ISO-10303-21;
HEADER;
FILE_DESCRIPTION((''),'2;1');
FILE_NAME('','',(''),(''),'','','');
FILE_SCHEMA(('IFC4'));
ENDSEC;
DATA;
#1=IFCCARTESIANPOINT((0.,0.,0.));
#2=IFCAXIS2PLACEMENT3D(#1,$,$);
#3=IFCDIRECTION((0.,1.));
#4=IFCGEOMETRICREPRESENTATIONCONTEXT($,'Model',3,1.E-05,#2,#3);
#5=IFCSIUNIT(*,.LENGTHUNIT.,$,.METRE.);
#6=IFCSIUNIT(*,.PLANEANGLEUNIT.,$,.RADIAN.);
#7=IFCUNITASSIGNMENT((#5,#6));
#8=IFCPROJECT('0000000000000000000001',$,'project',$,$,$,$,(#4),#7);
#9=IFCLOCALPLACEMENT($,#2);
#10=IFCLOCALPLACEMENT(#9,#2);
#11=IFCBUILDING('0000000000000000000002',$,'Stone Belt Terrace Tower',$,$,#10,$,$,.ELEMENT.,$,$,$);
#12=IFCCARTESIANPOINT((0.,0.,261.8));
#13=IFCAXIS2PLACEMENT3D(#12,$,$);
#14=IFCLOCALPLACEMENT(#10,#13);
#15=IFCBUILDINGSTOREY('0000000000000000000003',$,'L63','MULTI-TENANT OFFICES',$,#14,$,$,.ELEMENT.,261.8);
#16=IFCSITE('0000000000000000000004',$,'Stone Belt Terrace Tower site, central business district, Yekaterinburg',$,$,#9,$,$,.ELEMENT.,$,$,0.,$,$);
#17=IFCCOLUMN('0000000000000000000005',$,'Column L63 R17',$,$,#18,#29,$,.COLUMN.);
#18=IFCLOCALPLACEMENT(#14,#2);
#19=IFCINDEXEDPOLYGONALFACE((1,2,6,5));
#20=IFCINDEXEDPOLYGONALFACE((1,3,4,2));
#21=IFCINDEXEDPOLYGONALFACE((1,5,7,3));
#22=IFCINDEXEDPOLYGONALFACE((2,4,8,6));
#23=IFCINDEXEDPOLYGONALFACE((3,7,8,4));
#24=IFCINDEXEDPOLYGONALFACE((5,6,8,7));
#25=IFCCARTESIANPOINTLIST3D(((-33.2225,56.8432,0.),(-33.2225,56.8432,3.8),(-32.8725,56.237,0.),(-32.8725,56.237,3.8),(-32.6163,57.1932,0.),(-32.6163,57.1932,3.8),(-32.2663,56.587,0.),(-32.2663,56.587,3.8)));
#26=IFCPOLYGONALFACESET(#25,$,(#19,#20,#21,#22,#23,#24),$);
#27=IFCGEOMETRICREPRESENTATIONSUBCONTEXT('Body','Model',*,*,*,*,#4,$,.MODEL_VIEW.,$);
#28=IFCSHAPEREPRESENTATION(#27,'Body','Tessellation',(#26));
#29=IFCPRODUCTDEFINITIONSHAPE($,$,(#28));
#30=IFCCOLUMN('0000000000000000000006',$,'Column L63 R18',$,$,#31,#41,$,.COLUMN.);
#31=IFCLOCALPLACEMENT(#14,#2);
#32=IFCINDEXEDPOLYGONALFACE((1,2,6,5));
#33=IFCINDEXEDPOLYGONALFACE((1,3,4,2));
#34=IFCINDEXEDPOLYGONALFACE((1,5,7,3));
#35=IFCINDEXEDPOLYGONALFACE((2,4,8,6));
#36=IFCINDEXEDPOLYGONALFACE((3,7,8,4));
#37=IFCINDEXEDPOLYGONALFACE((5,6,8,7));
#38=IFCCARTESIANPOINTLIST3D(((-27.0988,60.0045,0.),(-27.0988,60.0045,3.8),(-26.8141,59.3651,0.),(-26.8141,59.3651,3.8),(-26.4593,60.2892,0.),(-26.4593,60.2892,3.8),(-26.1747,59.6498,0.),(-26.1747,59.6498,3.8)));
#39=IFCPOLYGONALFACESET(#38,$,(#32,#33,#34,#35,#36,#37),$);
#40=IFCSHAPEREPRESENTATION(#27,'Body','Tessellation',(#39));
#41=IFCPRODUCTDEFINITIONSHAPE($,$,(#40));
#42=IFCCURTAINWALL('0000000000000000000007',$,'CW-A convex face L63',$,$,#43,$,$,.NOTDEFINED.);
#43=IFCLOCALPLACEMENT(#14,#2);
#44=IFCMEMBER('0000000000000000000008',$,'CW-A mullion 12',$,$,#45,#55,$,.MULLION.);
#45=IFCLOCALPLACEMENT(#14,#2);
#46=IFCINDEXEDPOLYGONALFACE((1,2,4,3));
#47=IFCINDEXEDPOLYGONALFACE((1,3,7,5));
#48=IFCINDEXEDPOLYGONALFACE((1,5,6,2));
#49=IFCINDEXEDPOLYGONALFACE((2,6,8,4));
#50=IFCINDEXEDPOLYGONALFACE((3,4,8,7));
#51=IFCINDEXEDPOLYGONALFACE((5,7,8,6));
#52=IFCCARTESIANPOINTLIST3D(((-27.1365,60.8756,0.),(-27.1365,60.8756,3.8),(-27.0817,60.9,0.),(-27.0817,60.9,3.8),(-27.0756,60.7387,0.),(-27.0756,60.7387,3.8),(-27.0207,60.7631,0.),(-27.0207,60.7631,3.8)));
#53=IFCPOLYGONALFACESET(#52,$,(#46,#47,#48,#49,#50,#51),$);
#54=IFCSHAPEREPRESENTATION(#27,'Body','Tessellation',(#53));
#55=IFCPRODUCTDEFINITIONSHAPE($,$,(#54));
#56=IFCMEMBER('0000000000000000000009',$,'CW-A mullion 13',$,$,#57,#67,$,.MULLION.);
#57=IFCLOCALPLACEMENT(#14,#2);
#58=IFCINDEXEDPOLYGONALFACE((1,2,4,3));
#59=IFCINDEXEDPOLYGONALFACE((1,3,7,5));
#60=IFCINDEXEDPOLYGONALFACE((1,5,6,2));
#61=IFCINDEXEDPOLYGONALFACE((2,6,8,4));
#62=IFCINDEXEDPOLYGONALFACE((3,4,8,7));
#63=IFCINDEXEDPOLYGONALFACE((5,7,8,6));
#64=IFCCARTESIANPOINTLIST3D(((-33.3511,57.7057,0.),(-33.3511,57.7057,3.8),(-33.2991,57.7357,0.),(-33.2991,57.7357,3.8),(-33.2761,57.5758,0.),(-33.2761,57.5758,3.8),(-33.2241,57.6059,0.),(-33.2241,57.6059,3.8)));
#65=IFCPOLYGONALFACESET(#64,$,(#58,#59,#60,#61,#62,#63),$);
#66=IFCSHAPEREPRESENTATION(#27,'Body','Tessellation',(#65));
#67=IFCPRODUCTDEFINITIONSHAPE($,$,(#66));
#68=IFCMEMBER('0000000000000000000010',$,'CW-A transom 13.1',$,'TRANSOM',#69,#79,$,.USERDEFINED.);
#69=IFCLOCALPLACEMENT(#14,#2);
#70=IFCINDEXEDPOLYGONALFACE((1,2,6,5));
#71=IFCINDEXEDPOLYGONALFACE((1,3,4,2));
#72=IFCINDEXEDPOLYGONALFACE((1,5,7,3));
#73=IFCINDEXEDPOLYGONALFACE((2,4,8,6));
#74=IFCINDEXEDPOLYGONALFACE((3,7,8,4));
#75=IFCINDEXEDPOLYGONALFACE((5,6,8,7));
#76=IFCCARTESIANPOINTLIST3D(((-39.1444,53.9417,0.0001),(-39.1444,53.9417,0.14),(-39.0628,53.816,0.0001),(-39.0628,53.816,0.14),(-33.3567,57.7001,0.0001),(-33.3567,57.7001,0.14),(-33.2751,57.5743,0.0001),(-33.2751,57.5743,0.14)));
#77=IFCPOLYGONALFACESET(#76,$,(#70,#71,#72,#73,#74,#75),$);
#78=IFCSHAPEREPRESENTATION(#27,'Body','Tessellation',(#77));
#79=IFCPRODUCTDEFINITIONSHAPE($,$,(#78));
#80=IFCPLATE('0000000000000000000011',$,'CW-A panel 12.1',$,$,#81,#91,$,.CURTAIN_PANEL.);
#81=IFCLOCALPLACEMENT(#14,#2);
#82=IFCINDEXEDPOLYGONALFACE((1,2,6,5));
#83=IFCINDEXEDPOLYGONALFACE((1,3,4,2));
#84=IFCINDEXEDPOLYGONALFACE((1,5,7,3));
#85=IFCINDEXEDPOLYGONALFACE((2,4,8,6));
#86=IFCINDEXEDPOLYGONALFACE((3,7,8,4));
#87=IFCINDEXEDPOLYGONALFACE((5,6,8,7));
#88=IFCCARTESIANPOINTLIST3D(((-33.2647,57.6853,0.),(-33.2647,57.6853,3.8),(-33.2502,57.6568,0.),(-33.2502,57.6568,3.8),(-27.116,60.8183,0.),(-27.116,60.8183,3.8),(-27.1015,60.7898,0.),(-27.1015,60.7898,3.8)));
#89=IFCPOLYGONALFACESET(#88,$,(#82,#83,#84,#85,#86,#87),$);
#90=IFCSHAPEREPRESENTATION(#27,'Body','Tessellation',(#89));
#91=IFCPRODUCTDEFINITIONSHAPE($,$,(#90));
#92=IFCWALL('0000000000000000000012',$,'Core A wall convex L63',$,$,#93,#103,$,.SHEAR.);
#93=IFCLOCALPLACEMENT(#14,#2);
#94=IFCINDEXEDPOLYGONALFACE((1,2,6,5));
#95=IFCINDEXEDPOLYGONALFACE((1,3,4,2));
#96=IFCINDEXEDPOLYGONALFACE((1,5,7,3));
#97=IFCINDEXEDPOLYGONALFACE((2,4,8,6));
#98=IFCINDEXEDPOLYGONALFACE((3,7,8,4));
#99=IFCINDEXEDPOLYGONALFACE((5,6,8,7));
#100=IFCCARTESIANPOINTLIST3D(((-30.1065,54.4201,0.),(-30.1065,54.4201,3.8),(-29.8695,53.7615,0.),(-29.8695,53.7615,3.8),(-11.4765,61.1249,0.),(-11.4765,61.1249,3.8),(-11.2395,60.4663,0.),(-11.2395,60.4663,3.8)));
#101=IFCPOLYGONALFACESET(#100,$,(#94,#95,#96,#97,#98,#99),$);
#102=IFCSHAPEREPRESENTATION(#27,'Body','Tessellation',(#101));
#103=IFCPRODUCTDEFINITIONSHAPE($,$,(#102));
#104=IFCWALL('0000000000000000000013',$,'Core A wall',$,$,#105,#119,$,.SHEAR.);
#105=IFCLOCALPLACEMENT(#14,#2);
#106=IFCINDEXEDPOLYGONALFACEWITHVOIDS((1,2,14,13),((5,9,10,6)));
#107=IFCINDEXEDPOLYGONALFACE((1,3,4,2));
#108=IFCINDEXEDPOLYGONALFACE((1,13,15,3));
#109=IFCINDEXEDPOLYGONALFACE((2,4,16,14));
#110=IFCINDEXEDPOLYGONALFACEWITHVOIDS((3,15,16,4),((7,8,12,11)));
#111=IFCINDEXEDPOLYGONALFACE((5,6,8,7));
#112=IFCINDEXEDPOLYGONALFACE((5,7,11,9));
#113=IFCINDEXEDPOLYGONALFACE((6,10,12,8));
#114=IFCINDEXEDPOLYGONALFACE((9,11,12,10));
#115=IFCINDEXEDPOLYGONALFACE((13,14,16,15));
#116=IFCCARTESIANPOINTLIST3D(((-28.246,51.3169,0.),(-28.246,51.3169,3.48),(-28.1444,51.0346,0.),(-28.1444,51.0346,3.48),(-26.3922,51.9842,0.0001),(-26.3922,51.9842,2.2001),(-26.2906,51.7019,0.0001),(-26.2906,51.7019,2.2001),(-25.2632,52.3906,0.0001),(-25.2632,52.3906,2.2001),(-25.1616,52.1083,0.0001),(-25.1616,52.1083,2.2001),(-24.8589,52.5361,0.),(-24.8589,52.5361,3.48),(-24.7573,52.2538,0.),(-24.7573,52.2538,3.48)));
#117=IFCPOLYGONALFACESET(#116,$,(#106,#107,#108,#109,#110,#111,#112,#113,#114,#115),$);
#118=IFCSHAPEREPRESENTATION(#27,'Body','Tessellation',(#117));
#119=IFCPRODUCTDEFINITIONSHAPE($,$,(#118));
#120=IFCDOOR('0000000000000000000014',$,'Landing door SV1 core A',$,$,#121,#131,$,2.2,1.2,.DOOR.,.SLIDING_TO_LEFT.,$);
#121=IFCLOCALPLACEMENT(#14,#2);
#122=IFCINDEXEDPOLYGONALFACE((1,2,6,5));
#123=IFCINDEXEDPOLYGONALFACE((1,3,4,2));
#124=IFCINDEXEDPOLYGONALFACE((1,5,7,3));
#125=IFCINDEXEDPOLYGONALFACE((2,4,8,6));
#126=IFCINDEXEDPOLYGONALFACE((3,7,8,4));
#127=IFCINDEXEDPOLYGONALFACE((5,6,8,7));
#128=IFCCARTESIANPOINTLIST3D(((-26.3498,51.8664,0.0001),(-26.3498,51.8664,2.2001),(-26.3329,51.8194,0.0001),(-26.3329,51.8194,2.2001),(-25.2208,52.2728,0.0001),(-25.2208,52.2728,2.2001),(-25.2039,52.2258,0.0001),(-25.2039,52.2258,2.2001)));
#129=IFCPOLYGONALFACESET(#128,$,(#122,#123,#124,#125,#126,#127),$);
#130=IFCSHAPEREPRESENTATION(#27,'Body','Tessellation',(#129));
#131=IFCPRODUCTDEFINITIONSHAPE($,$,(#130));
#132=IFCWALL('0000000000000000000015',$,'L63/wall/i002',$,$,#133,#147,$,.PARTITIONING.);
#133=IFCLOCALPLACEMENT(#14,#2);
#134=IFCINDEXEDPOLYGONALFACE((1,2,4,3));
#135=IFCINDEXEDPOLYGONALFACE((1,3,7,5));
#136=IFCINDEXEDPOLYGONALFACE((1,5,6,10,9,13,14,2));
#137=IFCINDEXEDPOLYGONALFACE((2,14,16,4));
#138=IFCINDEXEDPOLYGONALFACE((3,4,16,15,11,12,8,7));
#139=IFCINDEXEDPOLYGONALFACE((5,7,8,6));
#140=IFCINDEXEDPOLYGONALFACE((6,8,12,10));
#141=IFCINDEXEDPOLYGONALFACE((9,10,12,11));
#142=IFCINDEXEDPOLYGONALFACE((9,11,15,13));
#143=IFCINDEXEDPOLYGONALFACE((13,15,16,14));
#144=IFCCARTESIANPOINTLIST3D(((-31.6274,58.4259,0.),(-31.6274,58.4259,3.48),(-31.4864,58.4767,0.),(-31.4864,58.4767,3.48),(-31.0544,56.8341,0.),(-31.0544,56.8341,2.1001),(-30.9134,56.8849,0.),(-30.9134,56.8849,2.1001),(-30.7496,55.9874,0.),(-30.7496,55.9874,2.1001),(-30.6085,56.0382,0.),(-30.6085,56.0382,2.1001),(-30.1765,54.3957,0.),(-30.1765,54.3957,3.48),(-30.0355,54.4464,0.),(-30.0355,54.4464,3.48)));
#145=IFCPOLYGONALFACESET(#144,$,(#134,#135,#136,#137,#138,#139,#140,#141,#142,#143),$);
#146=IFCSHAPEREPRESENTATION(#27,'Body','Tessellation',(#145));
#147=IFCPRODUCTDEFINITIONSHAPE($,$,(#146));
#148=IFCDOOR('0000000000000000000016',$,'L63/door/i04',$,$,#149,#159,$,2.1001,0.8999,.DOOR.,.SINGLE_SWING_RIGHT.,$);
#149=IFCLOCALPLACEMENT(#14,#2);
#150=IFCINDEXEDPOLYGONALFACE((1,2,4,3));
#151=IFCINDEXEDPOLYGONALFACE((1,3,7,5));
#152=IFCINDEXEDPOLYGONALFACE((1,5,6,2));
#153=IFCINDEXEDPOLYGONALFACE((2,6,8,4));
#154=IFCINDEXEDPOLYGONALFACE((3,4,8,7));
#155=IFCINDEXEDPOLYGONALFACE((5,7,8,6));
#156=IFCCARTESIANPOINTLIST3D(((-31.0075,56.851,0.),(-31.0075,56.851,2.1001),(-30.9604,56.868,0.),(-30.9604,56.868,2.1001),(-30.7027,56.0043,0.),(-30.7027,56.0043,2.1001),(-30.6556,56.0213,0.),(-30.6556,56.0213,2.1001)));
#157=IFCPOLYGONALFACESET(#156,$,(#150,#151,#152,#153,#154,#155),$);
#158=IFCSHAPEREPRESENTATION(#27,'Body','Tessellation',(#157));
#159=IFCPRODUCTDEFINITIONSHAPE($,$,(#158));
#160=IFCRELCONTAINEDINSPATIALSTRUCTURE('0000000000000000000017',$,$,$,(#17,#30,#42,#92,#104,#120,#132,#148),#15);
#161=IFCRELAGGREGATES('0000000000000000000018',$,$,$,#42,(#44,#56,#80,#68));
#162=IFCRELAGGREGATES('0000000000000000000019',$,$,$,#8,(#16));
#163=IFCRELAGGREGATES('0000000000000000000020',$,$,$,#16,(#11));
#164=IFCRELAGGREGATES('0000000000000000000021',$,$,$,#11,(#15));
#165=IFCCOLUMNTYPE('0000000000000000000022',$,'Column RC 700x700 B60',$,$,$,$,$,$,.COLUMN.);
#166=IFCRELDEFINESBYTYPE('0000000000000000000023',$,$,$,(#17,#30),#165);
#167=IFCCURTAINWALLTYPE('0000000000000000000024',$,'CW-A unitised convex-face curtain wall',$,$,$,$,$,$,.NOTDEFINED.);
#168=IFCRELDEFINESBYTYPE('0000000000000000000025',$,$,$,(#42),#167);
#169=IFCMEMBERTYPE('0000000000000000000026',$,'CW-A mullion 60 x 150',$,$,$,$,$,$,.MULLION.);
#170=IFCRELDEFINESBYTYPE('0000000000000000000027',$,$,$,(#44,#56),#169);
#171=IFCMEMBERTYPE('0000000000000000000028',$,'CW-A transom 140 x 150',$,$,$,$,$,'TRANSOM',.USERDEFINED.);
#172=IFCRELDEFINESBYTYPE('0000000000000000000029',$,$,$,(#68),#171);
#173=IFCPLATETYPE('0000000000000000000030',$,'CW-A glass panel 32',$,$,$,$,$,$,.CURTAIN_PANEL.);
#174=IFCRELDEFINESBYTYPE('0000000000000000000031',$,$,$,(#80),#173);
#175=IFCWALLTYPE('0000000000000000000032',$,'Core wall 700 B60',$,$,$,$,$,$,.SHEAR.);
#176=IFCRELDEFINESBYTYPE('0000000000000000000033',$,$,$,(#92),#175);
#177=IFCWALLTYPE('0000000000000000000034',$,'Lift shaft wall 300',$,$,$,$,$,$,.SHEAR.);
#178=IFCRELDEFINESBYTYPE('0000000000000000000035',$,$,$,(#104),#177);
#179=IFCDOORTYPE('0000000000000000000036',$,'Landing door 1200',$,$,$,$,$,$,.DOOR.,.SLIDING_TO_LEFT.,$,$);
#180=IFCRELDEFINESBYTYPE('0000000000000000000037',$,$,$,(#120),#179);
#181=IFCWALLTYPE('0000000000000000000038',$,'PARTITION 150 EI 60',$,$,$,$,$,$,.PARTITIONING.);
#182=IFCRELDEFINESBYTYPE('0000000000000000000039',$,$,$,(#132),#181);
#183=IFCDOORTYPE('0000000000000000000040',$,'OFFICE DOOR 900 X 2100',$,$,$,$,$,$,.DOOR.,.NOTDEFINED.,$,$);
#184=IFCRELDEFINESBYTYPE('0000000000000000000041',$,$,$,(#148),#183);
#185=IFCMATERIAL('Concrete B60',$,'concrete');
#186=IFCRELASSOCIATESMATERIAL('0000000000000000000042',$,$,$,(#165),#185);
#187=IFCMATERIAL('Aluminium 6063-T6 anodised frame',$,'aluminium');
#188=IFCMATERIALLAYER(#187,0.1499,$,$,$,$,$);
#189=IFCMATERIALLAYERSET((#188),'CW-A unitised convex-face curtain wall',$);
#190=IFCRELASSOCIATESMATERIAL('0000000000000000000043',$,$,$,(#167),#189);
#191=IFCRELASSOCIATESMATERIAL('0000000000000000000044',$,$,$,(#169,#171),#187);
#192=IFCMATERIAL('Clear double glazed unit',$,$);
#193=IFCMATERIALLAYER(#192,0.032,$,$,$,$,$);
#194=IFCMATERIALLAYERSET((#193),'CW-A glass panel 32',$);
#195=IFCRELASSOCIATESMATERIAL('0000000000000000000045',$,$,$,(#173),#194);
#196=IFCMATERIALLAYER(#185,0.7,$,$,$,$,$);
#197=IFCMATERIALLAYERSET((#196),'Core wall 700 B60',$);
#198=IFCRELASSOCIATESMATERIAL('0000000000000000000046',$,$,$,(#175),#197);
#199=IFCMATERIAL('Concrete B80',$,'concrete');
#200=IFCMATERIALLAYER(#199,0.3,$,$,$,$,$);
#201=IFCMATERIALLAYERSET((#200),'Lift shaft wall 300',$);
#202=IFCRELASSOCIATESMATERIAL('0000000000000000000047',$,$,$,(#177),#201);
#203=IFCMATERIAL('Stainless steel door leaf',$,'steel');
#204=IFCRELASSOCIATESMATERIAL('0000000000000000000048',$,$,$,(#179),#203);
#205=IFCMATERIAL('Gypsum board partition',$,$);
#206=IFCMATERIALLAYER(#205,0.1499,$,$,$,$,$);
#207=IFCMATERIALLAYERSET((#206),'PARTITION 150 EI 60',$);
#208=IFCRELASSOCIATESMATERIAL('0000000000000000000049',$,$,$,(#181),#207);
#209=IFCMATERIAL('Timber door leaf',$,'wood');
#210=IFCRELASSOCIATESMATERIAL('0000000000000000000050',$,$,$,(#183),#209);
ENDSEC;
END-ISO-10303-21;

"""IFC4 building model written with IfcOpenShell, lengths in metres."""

from ifc_helpers import new_model, si_unit, direction, frame, frame_2d, origin, origin_2d, place, context, subcontext, project, spatial, rectangle, extrude, material, layer, layer_set, material_profile, profile_set, type_object, element, fill, aggregate, save


model = new_model("IFC4")

# Units and contexts
model_context = context("Model", 3, precision=1e-05, world=origin(), true_north=direction((0.0, 1.0)))
body_context = subcontext(model_context, "Body", "Model", "MODEL_VIEW")
ifc_project = project(units=[si_unit("LENGTHUNIT", "METRE"), si_unit("PLANEANGLEUNIT", "RADIAN")], contexts=[model_context])

# Site, building, storey
site_placement = place(None, origin())
site = spatial("IfcSite", under=ifc_project, at=site_placement, Name="Stone Belt Terrace Tower site, central business district, Yekaterinburg", CompositionType="ELEMENT", RefElevation=0.0)
building_placement = place(site_placement, origin())
building = spatial("IfcBuilding", under=site, at=building_placement, Name="Stone Belt Terrace Tower", CompositionType="ELEMENT")
storey_placement = place(building_placement, frame((0.0, 0.0, 261.8)))
storey = spatial("IfcBuildingStorey", under=building, at=storey_placement, Name="L63", Description="MULTI-TENANT OFFICES", CompositionType="ELEMENT", Elevation=261.8)

# Columns
ifc_material_1 = material(Name="Concrete B60", Category="concrete")
ifc_material_profile_1 = material_profile(ifc_material_1, rectangle(XDim=0.7, YDim=0.7, at=origin_2d()), Name="RC 700x700")
ifc_profile_set_1 = profile_set([ifc_material_profile_1], Name="Concrete B60")
column_type = type_object("IfcColumnType", Name="Column RC 700x700 B60", PredefinedType="COLUMN", material=ifc_profile_set_1)
for number, where, z_axis, x_axis, name in (
    (1, (-32.7444, 56.7151, 0.0), (0.0, 0.0, 1.0), (0.866025, 0.5, 0.0), "Column L63 R17"),
    (2, (-26.6367, 59.8271, 0.0), (0.0, 0.0, 1.0), (0.913545, 0.406737, 0.0), "Column L63 R18"),
):
    element("IfcColumn", number, at=place(storey_placement, frame(where, z_axis=z_axis, x_axis=x_axis)), inside=storey, type_object=column_type, Name=name, PredefinedType="COLUMN", context=body_context, shape_type="SweptSolid", body=[
        extrude(rectangle(XDim=0.7, YDim=0.7, at=origin_2d()), origin(), (0.0, 0.0, 1.0), 3.8),
    ])

# Curtain wall, members, plate
ifc_material_2 = material(Name="Aluminium 6063-T6 anodised frame", Category="aluminium")
ifc_layer_1 = layer(ifc_material_2, 0.1499)
ifc_layer_set_1 = layer_set([ifc_layer_1], Name="CW-A unitised convex-face curtain wall")
curtain_wall_type = type_object("IfcCurtainWallType", Name="CW-A unitised convex-face curtain wall", PredefinedType="NOTDEFINED", material=ifc_layer_set_1)
curtain_wall_placement = place(storey_placement, origin())
curtain_wall = element("IfcCurtainWall", 3, at=curtain_wall_placement, inside=storey, type_object=curtain_wall_type, Name="CW-A convex face L63", PredefinedType="NOTDEFINED")
ifc_material_profile_2 = material_profile(ifc_material_2, rectangle(XDim=0.1499, YDim=0.0601, at=origin_2d()), Name="Aluminium 6063-T6 60x150")
ifc_profile_set_2 = profile_set([ifc_material_profile_2], Name="Aluminium 6063-T6 anodised frame")
member_type_1 = type_object("IfcMemberType", Name="CW-A mullion 60 x 150", PredefinedType="MULLION", material=ifc_profile_set_2)
member_1_placement = place(storey_placement, frame((-27.0786, 60.8193, 0.0), z_axis=(0.0, 0.0, 1.0), x_axis=(0.406737, -0.913545, 0.0)))
member_1 = element("IfcMember", 4, at=member_1_placement, type_object=member_type_1, Name="CW-A mullion 12", PredefinedType="MULLION", context=body_context, shape_type="SweptSolid", body=[
    extrude(rectangle(XDim=0.1499, YDim=0.0601, at=origin_2d()), origin(), (0.0, 0.0, 1.0), 3.8),
])
member_2_placement = place(storey_placement, frame((-33.2876, 57.6558, 0.0), z_axis=(0.0, 0.0, 1.0), x_axis=(0.5, -0.866025, 0.0)))
member_2 = element("IfcMember", 5, at=member_2_placement, type_object=member_type_1, Name="CW-A mullion 13", PredefinedType="MULLION", context=body_context, shape_type="SweptSolid", body=[
    extrude(rectangle(XDim=0.1499, YDim=0.0601, at=origin_2d()), origin(), (0.0, 0.0, 1.0), 3.8),
])
ifc_material_profile_3 = material_profile(ifc_material_2, rectangle(XDim=0.1499, YDim=0.1399, at=origin_2d()), Name="Aluminium 6063-T6 150x140")
ifc_profile_set_3 = profile_set([ifc_material_profile_3], Name="Aluminium 6063-T6 anodised frame")
member_type_2 = type_object("IfcMemberType", Name="CW-A transom 140 x 150", ElementType="TRANSOM", PredefinedType="USERDEFINED", material=ifc_profile_set_3)
member_3_placement = place(storey_placement, frame((-33.3159, 57.6372, 0.0701), z_axis=(-0.838684, -0.544618, 0.0), x_axis=(0.544618, -0.838684, 0.0)))
member_3 = element("IfcMember", 6, at=member_3_placement, type_object=member_type_2, Name="CW-A transom 13.1", ObjectType="TRANSOM", PredefinedType="USERDEFINED", context=body_context, shape_type="SweptSolid", body=[
    extrude(rectangle(XDim=0.1499, YDim=0.1399, at=origin_2d()), origin(), (0.0, 0.0, 1.0), 6.9009),
])
ifc_material_3 = material(Name="Clear double glazed unit")
ifc_layer_2 = layer(ifc_material_3, 0.032)
ifc_layer_set_2 = layer_set([ifc_layer_2], Name="CW-A glass panel 32")
plate_type = type_object("IfcPlateType", Name="CW-A glass panel 32", PredefinedType="CURTAIN_PANEL", material=ifc_layer_set_2)
plate_placement = place(storey_placement, frame((-30.1831, 59.2375, 0.0), z_axis=(0.0, 0.0, 1.0), x_axis=(-0.891007, -0.45399, 0.0)))
plate = element("IfcPlate", 7, at=plate_placement, type_object=plate_type, Name="CW-A panel 12.1", PredefinedType="CURTAIN_PANEL", context=body_context, shape_type="SweptSolid", body=[
    extrude(rectangle(XDim=6.9009, YDim=0.032, at=origin_2d()), origin(), (0.0, 0.0, 1.0), 3.8),
])
aggregate(curtain_wall, [member_1, member_2, plate, member_3])

# Wall
ifc_layer_3 = layer(ifc_material_1, 0.7)
ifc_layer_set_3 = layer_set([ifc_layer_3], Name="Core wall 700 B60")
wall_type_1 = type_object("IfcWallType", Name="Core wall 700 B60", PredefinedType="SHEAR", material=ifc_layer_set_3)
wall_1_placement = place(storey_placement, frame((-29.988, 54.0908, 0.0), z_axis=(0.0, 0.0, 1.0), x_axis=(0.94092, 0.33863, 0.0)))
element("IfcWall", 8, at=wall_1_placement, inside=storey, type_object=wall_type_1, Name="Core A wall convex L63", PredefinedType="SHEAR", context=body_context, shape_type="SweptSolid", body=[
    extrude(rectangle(XDim=19.7998, YDim=0.7, at=frame_2d((9.8999, 0.0))), origin(), (0.0, 0.0, 1.0), 3.8),
])

# Walls, openings, doors
ifc_material_4 = material(Name="Concrete B80", Category="concrete")
ifc_layer_4 = layer(ifc_material_4, 0.3)
ifc_layer_set_4 = layer_set([ifc_layer_4], Name="Lift shaft wall 300")
wall_type_2 = type_object("IfcWallType", Name="Lift shaft wall 300", PredefinedType="SHEAR", material=ifc_layer_set_4)
wall_2_placement = place(storey_placement, frame((-28.1951, 51.1758, 0.0), z_axis=(0.0, 0.0, 1.0), x_axis=(0.940901, 0.338681, 0.0)))
wall_2 = element("IfcWall", 9, at=wall_2_placement, inside=storey, type_object=wall_type_2, Name="Core A wall", PredefinedType="SHEAR", context=body_context, shape_type="SweptSolid", body=[
    extrude(rectangle(XDim=3.5999, YDim=0.3, at=frame_2d((1.7998, 0.0))), origin(), (0.0, 0.0, 1.0), 3.48),
])
opening_1_placement = place(wall_2_placement, frame((1.97, 0.0, 0.0)))
opening_1 = element("IfcOpeningElement", 10, at=opening_1_placement, cuts=wall_2, PredefinedType="OPENING", context=body_context, shape_type="SweptSolid", body=[
    extrude(rectangle(XDim=1.2, YDim=2.2, at=frame_2d((0.6001, 1.1001))), frame((0.0, 0.1599, 0.0), z_axis=(0.0, -1.0, 0.0), x_axis=(1.0, 0.0, 0.0)), (0.0, 0.0, 1.0), 0.3201),
])
ifc_material_5 = material(Name="Stainless steel door leaf", Category="steel")
door_type_1 = type_object("IfcDoorType", Name="Landing door 1200", OperationType="SLIDING_TO_LEFT", PredefinedType="DOOR", material=ifc_material_5)
door_1_placement = place(opening_1_placement, origin())
door_1 = element("IfcDoor", 11, at=door_1_placement, inside=storey, type_object=door_type_1, Name="Landing door SV1 core A", OperationType="SLIDING_TO_LEFT", OverallHeight=2.2, OverallWidth=1.2, PredefinedType="DOOR", context=body_context, shape_type="SweptSolid", body=[
    extrude(rectangle(XDim=1.2, YDim=2.2, at=frame_2d((0.6001, 1.1001))), frame((0.0, 0.0249, 0.0), z_axis=(0.0, -1.0, 0.0), x_axis=(1.0, 0.0, 0.0)), (0.0, 0.0, 1.0), 0.05),
])
fill(opening_1, door_1)
ifc_material_6 = material(Name="Gypsum board partition")
ifc_layer_5 = layer(ifc_material_6, 0.1499)
ifc_layer_set_5 = layer_set([ifc_layer_5], Name="PARTITION 150 EI 60")
wall_type_3 = type_object("IfcWallType", Name="PARTITION 150 EI 60", PredefinedType="PARTITIONING", material=ifc_layer_set_5)
wall_3_placement = place(storey_placement, frame((-31.5569, 58.4512, 0.0), z_axis=(0.0, 0.0, 1.0), x_axis=(0.338726, -0.940885, 0.0)))
wall_3 = element("IfcWall", 12, at=wall_3_placement, inside=storey, type_object=wall_type_3, Name="L63/wall/i002", PredefinedType="PARTITIONING", context=body_context, shape_type="SweptSolid", body=[
    extrude(rectangle(XDim=4.2834, YDim=0.1499, at=frame_2d((2.1416, 0.0))), origin(), (0.0, 0.0, 1.0), 3.48),
])
opening_2_placement = place(wall_3_placement, frame((1.6917, 0.0, 0.0)))
opening_2 = element("IfcOpeningElement", 13, at=opening_2_placement, cuts=wall_3, PredefinedType="OPENING", context=body_context, shape_type="SweptSolid", body=[
    extrude(rectangle(XDim=0.8999, YDim=2.1001, at=frame_2d((0.45, 1.05))), frame((0.0, 0.085, 0.0), z_axis=(0.0, -1.0, 0.0), x_axis=(1.0, 0.0, 0.0)), (0.0, 0.0, 1.0), 0.1699),
])
ifc_material_7 = material(Name="Timber door leaf", Category="wood")
door_type_2 = type_object("IfcDoorType", Name="OFFICE DOOR 900 X 2100", OperationType="NOTDEFINED", PredefinedType="DOOR", material=ifc_material_7)
door_2_placement = place(opening_2_placement, origin())
door_2 = element("IfcDoor", 14, at=door_2_placement, inside=storey, type_object=door_type_2, Name="L63/door/i04", OperationType="SINGLE_SWING_RIGHT", OverallHeight=2.1001, OverallWidth=0.8999, PredefinedType="DOOR", context=body_context, shape_type="SweptSolid", body=[
    extrude(rectangle(XDim=0.8999, YDim=2.1001, at=frame_2d((0.45, 1.05))), frame((0.0, 0.0249, 0.0), z_axis=(0.0, -1.0, 0.0), x_axis=(1.0, 0.0, 0.0)), (0.0, 0.0, 1.0), 0.05),
])
fill(opening_2, door_2)

save(model, "model.ifc")
